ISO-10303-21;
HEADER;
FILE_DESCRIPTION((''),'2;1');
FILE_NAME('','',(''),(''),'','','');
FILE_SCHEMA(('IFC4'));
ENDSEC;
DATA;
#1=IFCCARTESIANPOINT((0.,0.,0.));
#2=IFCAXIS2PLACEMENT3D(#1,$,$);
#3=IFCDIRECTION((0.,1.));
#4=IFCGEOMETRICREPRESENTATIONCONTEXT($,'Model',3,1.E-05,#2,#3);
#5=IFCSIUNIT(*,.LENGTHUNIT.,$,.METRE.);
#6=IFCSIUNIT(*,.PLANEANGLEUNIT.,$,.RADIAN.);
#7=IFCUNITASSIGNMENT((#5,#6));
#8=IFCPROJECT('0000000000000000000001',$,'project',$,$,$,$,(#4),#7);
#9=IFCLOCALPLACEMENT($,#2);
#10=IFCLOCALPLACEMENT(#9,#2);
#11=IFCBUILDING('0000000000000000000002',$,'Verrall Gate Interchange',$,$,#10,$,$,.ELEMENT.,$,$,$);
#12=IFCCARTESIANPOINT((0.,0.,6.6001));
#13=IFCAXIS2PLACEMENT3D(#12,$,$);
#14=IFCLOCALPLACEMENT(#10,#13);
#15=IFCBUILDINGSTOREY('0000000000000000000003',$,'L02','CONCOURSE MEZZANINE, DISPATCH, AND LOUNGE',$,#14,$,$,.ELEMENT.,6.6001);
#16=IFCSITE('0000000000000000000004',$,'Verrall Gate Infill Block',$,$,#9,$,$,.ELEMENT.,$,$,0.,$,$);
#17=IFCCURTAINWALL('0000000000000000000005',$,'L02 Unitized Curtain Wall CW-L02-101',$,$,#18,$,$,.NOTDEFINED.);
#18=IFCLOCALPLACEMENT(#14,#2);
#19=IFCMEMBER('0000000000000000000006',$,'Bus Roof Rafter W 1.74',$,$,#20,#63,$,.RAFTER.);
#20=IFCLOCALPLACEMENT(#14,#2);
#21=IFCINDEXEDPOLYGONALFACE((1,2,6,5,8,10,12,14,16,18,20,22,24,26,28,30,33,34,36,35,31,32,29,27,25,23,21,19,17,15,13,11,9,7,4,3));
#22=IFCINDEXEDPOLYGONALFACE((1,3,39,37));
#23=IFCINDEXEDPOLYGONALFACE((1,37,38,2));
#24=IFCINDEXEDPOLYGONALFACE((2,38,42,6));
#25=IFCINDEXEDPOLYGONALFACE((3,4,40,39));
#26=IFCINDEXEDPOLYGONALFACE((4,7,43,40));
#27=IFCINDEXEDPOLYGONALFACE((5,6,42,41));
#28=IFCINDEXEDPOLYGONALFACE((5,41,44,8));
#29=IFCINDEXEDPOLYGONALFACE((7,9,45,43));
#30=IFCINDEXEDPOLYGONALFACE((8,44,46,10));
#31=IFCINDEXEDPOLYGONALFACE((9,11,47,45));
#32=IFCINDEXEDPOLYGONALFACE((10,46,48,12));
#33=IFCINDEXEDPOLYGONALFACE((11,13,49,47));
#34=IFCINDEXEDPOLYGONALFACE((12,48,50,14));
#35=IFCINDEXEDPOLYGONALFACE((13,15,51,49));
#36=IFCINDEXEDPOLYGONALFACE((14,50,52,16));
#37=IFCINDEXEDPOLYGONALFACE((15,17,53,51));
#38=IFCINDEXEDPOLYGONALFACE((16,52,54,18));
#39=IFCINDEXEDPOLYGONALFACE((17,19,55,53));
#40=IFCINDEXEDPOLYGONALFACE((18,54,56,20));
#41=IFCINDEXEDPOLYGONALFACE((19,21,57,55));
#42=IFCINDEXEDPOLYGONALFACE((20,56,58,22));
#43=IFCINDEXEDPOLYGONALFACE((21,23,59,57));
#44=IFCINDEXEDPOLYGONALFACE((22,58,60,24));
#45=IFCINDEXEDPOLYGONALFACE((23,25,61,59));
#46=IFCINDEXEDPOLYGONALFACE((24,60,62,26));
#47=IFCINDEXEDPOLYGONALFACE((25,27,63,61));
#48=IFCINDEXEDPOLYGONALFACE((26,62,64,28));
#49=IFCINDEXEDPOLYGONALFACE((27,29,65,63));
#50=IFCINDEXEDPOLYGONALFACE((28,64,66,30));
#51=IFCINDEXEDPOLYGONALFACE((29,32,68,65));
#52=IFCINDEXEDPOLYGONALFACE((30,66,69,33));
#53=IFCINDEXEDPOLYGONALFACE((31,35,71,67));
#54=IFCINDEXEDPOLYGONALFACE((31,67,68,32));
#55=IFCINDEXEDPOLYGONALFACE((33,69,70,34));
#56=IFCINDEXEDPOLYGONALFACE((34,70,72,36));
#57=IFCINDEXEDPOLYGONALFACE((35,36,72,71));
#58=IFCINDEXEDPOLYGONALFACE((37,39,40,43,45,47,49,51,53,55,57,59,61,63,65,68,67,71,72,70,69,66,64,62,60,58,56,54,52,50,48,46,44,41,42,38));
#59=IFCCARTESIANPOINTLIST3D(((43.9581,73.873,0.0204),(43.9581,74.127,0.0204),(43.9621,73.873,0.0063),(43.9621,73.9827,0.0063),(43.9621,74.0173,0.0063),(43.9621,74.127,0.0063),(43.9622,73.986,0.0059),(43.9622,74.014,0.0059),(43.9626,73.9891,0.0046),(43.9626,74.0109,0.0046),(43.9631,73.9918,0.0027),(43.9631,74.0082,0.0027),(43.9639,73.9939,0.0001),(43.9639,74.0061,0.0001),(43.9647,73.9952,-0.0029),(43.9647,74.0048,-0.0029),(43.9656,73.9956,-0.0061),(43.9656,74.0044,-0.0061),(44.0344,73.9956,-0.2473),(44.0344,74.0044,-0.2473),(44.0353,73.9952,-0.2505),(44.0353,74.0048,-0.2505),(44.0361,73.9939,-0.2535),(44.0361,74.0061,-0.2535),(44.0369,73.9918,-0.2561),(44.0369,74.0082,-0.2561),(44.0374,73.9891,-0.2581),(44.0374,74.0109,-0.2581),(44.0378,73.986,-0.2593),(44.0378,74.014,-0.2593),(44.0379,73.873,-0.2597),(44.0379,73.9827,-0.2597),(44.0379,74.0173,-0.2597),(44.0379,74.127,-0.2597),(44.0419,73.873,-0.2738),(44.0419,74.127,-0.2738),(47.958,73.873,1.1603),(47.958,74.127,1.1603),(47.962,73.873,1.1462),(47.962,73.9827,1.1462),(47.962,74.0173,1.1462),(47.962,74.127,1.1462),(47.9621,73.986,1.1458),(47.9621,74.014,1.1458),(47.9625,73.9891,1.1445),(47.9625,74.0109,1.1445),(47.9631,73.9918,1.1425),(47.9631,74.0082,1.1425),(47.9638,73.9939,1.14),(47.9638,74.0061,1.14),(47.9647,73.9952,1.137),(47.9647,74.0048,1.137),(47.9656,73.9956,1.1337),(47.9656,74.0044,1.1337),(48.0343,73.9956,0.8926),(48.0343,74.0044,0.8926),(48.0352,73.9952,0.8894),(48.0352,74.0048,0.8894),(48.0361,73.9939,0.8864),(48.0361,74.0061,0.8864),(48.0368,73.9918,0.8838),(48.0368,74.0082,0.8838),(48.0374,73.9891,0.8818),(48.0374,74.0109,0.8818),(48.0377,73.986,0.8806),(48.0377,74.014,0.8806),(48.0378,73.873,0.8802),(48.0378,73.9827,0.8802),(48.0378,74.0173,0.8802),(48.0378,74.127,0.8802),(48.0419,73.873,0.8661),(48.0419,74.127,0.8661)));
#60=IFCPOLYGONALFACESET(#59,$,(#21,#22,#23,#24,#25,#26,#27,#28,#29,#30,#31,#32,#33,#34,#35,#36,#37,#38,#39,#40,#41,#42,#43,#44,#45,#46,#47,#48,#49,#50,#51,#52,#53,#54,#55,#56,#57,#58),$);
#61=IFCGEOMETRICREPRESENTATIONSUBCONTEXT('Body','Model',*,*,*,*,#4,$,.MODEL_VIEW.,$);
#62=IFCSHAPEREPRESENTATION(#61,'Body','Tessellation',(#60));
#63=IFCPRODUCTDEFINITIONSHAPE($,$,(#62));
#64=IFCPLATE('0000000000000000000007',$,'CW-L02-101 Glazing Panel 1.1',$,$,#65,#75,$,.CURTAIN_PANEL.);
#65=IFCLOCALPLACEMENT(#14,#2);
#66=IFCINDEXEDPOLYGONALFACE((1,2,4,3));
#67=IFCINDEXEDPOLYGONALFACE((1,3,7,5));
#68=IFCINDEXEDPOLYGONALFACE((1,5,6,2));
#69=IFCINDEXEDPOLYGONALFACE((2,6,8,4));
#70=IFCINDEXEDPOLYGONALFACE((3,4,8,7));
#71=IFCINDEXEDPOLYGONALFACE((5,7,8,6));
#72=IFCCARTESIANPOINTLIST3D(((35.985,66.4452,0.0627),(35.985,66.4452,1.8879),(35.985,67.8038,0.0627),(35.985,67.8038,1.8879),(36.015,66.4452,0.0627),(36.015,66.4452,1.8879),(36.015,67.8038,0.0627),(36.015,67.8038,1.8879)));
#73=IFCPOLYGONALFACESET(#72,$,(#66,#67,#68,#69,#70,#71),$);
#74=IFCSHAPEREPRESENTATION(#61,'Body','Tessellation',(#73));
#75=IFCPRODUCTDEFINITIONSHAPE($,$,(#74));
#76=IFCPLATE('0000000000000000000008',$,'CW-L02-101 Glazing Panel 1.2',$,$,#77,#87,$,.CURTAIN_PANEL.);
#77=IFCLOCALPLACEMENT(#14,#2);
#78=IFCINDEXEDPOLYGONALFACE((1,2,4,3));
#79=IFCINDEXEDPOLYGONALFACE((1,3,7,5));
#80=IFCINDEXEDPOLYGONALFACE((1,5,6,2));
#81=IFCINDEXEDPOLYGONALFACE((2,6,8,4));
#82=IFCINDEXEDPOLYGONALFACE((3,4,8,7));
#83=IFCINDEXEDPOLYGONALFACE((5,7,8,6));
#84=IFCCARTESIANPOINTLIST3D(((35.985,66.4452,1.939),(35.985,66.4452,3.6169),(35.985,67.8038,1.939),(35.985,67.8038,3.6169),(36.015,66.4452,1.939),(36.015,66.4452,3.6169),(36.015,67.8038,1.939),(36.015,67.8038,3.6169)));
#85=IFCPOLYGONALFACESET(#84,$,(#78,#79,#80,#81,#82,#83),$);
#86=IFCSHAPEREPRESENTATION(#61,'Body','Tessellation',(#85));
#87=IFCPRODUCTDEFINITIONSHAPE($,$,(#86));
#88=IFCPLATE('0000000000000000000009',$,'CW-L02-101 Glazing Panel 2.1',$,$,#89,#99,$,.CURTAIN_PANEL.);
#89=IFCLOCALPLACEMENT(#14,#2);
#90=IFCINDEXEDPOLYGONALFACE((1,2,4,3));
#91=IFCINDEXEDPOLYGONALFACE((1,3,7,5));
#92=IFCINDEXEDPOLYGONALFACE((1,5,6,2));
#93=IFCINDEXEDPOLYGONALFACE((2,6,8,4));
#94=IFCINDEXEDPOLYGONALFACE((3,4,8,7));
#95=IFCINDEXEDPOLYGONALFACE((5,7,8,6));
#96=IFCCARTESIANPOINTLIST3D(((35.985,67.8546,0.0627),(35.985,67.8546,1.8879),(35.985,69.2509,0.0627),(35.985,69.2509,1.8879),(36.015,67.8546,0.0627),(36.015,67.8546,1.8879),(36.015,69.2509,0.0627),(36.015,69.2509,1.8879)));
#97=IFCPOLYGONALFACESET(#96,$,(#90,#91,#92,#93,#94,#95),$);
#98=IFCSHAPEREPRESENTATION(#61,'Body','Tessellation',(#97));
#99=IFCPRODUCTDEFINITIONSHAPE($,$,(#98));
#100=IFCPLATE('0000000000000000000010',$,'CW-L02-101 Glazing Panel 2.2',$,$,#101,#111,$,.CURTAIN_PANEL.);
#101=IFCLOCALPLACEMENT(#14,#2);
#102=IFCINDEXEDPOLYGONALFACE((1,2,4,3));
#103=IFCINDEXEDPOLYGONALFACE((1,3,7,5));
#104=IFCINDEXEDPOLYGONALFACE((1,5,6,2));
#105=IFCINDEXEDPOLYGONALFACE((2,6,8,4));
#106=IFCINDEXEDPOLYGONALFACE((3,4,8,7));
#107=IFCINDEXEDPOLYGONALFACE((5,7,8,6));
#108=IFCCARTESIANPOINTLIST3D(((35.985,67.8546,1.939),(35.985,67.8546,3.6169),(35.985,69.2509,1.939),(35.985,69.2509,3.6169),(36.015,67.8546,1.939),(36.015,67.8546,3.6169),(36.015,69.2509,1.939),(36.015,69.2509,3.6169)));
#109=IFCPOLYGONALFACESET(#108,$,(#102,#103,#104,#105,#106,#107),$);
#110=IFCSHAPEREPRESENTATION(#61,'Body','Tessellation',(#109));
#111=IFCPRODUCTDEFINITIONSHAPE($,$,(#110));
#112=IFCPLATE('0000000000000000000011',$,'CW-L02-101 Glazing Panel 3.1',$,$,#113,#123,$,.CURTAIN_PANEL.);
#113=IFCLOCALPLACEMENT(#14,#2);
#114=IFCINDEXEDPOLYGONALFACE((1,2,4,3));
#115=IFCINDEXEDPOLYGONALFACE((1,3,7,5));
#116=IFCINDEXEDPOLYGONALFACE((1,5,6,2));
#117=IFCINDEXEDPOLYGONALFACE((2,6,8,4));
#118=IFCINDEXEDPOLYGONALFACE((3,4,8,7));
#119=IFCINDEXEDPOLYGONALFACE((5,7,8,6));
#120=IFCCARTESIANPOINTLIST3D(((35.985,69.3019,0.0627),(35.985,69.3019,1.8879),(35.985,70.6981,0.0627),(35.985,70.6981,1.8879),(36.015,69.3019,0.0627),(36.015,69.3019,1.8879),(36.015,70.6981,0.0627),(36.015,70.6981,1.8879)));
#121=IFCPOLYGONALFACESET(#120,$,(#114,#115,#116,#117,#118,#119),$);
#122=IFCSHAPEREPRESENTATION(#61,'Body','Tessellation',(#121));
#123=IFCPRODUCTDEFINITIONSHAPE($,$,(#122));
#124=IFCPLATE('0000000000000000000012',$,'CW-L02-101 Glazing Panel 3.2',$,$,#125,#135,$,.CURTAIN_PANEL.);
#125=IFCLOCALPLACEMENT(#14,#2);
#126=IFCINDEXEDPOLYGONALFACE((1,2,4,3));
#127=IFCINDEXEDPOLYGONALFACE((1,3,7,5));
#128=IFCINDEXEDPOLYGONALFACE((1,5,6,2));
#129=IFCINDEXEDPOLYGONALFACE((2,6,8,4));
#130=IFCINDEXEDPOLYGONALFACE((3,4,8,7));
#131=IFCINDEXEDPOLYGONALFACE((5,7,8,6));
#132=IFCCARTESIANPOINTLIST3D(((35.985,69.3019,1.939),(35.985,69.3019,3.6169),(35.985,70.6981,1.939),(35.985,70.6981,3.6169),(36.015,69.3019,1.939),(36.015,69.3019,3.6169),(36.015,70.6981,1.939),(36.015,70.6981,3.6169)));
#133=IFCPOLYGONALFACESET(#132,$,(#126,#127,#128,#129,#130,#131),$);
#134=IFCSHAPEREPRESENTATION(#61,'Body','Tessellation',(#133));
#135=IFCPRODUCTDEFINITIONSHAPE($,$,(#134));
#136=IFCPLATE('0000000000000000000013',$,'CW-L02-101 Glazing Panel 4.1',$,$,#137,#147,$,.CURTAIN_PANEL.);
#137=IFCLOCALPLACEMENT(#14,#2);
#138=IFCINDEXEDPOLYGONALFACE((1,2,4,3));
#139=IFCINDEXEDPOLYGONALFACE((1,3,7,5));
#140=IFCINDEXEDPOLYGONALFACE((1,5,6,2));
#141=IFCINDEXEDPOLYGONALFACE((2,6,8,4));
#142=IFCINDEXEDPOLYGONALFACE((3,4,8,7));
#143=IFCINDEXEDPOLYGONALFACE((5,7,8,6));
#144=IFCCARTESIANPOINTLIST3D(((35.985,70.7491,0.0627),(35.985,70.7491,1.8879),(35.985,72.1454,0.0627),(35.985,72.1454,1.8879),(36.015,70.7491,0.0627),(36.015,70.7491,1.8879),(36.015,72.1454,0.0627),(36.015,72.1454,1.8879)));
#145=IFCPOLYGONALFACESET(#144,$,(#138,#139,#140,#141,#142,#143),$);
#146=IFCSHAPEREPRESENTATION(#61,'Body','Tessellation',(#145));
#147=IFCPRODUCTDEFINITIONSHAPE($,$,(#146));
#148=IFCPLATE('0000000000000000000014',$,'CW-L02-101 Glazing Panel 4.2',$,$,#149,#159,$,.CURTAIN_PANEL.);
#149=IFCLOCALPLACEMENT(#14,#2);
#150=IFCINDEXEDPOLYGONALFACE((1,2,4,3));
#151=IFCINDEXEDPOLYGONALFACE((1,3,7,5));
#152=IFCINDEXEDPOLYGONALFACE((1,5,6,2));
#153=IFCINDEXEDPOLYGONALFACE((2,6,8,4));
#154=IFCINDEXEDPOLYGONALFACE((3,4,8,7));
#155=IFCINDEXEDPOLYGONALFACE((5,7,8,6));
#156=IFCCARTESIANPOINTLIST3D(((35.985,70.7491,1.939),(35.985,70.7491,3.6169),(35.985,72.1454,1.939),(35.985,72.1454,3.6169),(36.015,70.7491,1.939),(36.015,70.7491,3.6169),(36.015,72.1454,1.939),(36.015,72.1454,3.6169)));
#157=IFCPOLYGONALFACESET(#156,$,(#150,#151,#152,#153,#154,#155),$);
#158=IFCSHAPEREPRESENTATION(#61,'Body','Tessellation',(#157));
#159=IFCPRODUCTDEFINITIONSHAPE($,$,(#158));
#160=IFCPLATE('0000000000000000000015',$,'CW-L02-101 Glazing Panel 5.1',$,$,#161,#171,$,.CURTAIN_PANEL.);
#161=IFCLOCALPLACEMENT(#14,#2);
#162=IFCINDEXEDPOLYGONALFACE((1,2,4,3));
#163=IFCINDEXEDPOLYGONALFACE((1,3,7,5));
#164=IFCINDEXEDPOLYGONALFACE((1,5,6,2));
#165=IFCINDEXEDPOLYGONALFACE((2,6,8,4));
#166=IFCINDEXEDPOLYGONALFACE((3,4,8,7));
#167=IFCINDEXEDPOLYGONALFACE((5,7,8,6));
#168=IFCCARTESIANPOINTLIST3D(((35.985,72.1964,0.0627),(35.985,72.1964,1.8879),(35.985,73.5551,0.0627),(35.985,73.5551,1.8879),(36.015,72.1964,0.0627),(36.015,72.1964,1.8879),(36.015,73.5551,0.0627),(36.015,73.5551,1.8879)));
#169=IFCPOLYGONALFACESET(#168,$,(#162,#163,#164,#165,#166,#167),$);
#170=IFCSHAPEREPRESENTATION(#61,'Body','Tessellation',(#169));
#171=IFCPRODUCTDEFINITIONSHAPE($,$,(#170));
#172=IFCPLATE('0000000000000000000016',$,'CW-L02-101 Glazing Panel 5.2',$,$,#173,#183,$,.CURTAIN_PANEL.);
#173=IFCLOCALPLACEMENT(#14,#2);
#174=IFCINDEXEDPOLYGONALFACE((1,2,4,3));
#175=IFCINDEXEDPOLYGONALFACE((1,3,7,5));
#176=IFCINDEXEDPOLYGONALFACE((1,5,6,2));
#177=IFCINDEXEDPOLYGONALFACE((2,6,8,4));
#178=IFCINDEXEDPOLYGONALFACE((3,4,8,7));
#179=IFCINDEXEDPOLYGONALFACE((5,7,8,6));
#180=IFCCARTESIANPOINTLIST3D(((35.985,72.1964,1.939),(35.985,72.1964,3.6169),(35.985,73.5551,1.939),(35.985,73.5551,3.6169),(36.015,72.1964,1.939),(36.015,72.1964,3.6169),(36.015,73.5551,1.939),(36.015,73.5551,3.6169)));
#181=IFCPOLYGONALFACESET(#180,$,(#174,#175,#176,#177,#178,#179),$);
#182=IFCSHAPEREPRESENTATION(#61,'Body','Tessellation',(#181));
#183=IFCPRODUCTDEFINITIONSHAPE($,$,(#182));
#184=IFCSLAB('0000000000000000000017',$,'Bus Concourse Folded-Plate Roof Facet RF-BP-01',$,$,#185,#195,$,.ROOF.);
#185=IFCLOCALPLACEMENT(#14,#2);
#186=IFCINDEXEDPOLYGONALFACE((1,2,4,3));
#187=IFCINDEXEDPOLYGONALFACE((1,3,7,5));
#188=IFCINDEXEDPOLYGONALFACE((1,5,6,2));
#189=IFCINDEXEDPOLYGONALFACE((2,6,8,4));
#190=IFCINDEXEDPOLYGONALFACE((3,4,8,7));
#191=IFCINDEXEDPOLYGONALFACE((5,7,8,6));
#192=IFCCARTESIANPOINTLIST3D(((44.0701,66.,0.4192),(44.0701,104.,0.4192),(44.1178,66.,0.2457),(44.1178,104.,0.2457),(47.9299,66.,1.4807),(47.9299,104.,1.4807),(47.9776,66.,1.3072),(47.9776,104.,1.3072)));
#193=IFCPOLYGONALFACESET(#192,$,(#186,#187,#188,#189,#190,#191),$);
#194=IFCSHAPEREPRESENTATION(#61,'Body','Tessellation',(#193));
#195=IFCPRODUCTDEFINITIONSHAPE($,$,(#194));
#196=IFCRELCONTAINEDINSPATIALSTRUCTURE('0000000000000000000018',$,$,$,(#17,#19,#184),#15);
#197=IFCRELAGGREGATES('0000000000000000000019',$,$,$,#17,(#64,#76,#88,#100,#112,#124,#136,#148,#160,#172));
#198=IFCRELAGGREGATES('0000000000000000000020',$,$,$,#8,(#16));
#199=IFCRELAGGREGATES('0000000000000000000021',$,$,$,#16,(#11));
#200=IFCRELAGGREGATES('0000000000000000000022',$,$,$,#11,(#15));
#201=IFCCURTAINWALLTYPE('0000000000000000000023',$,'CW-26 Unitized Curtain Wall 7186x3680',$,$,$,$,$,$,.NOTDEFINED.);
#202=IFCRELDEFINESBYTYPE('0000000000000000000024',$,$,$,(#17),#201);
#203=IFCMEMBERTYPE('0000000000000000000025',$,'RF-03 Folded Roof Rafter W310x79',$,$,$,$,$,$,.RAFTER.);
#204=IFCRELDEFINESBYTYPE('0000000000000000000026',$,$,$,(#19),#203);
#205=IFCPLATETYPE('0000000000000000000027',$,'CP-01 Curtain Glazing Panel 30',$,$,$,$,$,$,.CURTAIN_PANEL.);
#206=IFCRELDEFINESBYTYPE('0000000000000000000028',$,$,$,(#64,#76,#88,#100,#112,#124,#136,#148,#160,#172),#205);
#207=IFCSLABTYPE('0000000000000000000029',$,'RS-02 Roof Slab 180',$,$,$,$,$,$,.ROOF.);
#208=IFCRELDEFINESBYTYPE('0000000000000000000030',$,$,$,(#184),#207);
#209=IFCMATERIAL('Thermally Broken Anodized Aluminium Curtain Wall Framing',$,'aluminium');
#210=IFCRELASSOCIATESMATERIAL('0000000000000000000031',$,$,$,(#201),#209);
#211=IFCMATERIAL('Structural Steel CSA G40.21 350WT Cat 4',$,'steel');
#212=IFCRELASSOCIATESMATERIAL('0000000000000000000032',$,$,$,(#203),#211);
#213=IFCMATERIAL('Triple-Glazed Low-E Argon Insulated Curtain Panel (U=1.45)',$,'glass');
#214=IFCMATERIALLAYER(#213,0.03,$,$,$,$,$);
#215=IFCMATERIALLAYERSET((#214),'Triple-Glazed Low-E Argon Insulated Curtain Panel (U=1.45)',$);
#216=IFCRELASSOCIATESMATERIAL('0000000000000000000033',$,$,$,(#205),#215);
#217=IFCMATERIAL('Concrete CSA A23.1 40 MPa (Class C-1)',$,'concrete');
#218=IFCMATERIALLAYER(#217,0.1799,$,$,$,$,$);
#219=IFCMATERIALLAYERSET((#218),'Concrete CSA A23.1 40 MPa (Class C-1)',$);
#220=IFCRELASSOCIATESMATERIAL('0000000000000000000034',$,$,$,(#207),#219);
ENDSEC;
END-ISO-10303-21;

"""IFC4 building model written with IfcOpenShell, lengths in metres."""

from ifc_helpers import new_model, si_unit, direction, frame, origin, origin_2d, place, context, subcontext, project, spatial, polyline, rectangle, i_section, outline, extrude, material, layer, layer_set, material_profile, profile_set, type_object, element, aggregate, save


model = new_model("IFC4")

# Units and contexts
model_context = context("Model", 3, precision=1e-05, world=origin(), true_north=direction((0.0, 1.0)))
body_context = subcontext(model_context, "Body", "Model", "MODEL_VIEW")
ifc_project = project(units=[si_unit("LENGTHUNIT", "METRE"), si_unit("PLANEANGLEUNIT", "RADIAN")], contexts=[model_context])

# Site, building, storey
site_placement = place(None, origin())
site = spatial("IfcSite", under=ifc_project, at=site_placement, Name="Verrall Gate Infill Block", CompositionType="ELEMENT", RefElevation=0.0)
building_placement = place(site_placement, origin())
building = spatial("IfcBuilding", under=site, at=building_placement, Name="Verrall Gate Interchange", CompositionType="ELEMENT")
storey_placement = place(building_placement, frame((0.0, 0.0, 6.6001)))
storey = spatial("IfcBuildingStorey", under=building, at=storey_placement, Name="L02", Description="CONCOURSE MEZZANINE, DISPATCH, AND LOUNGE", CompositionType="ELEMENT", Elevation=6.6001)

# Curtain wall
ifc_material_1 = material(Name="Thermally Broken Anodized Aluminium Curtain Wall Framing", Category="aluminium")
curtain_wall_type = type_object("IfcCurtainWallType", Name="CW-26 Unitized Curtain Wall 7186x3680", PredefinedType="NOTDEFINED", material=ifc_material_1)
curtain_wall_placement = place(storey_placement, origin())
curtain_wall = element("IfcCurtainWall", 1, at=curtain_wall_placement, inside=storey, type_object=curtain_wall_type, Name="L02 Unitized Curtain Wall CW-L02-101", PredefinedType="NOTDEFINED")

# Member
ifc_material_2 = material(Name="Structural Steel CSA G40.21 350WT Cat 4", Category="steel")
ifc_material_profile_1 = material_profile(ifc_material_2, i_section(OverallWidth=0.2539, OverallDepth=0.3059, WebThickness=0.0088, FlangeThickness=0.0146, FilletRadius=0.0129, at=origin_2d()), Name="W310x79")
ifc_profile_set_1 = profile_set([ifc_material_profile_1], Name="Structural Steel CSA G40.21 350WT Cat 4")
member_type_1 = type_object("IfcMemberType", Name="RF-03 Folded Roof Rafter W310x79", PredefinedType="RAFTER", material=ifc_profile_set_1)
for number, where, z_axis, x_axis, name in (
    (2, (44.0, 74.0, -0.1267), (0.961712, 0.0, 0.274062), (0.0, 1.0, 0.0), "Bus Roof Rafter W 1.74"),
):
    element("IfcMember", number, at=place(storey_placement, frame(where, z_axis=z_axis, x_axis=x_axis)), inside=storey, type_object=member_type_1, Name=name, PredefinedType="RAFTER", context=body_context, shape_type="SweptSolid", body=[
        extrude(i_section(OverallWidth=0.2539, OverallDepth=0.3059, WebThickness=0.0088, FlangeThickness=0.0146, FilletRadius=0.0129, at=origin_2d()), origin(), (0.0, 0.0, 1.0), 4.1592),
    ])

# Plates
ifc_material_3 = material(Name="Triple-Glazed Low-E Argon Insulated Curtain Panel (U=1.45)", Category="glass")
ifc_layer_1 = layer(ifc_material_3, 0.03)
ifc_layer_set_1 = layer_set([ifc_layer_1], Name="Triple-Glazed Low-E Argon Insulated Curtain Panel (U=1.45)")
plate_type = type_object("IfcPlateType", Name="CP-01 Curtain Glazing Panel 30", PredefinedType="CURTAIN_PANEL", material=ifc_layer_set_1)
plate_1_placement = place(storey_placement, frame((36.0, 67.1245, 0.0627), z_axis=(0.0, 0.0, 1.0), x_axis=(0.0, 1.0, 0.0)))
plate_1 = element("IfcPlate", 3, at=plate_1_placement, type_object=plate_type, Name="CW-L02-101 Glazing Panel 1.1", PredefinedType="CURTAIN_PANEL", context=body_context, shape_type="SweptSolid", body=[
    extrude(rectangle(XDim=1.3586, YDim=0.03, at=origin_2d()), origin(), (0.0, 0.0, 1.0), 1.8252),
])
plate_2_placement = place(storey_placement, frame((36.0, 67.1245, 1.939), z_axis=(0.0, 0.0, 1.0), x_axis=(0.0, 1.0, 0.0)))
plate_2 = element("IfcPlate", 4, at=plate_2_placement, type_object=plate_type, Name="CW-L02-101 Glazing Panel 1.2", PredefinedType="CURTAIN_PANEL", context=body_context, shape_type="SweptSolid", body=[
    extrude(rectangle(XDim=1.3586, YDim=0.03, at=origin_2d()), origin(), (0.0, 0.0, 1.0), 1.678),
])
plate_3_placement = place(storey_placement, frame((36.0, 68.5527, 0.0627), z_axis=(0.0, 0.0, 1.0), x_axis=(0.0, 1.0, 0.0)))
plate_3 = element("IfcPlate", 5, at=plate_3_placement, type_object=plate_type, Name="CW-L02-101 Glazing Panel 2.1", PredefinedType="CURTAIN_PANEL", context=body_context, shape_type="SweptSolid", body=[
    extrude(rectangle(XDim=1.3962, YDim=0.03, at=origin_2d()), origin(), (0.0, 0.0, 1.0), 1.8252),
])
plate_4_placement = place(storey_placement, frame((36.0, 68.5527, 1.939), z_axis=(0.0, 0.0, 1.0), x_axis=(0.0, 1.0, 0.0)))
plate_4 = element("IfcPlate", 6, at=plate_4_placement, type_object=plate_type, Name="CW-L02-101 Glazing Panel 2.2", PredefinedType="CURTAIN_PANEL", context=body_context, shape_type="SweptSolid", body=[
    extrude(rectangle(XDim=1.3962, YDim=0.03, at=origin_2d()), origin(), (0.0, 0.0, 1.0), 1.678),
])
plate_5_placement = place(storey_placement, frame((36.0, 70.0, 0.0627), z_axis=(0.0, 0.0, 1.0), x_axis=(0.0, 1.0, 0.0)))
plate_5 = element("IfcPlate", 7, at=plate_5_placement, type_object=plate_type, Name="CW-L02-101 Glazing Panel 3.1", PredefinedType="CURTAIN_PANEL", context=body_context, shape_type="SweptSolid", body=[
    extrude(rectangle(XDim=1.3962, YDim=0.03, at=origin_2d()), origin(), (0.0, 0.0, 1.0), 1.8252),
])
plate_6_placement = place(storey_placement, frame((36.0, 70.0, 1.939), z_axis=(0.0, 0.0, 1.0), x_axis=(0.0, 1.0, 0.0)))
plate_6 = element("IfcPlate", 8, at=plate_6_placement, type_object=plate_type, Name="CW-L02-101 Glazing Panel 3.2", PredefinedType="CURTAIN_PANEL", context=body_context, shape_type="SweptSolid", body=[
    extrude(rectangle(XDim=1.3962, YDim=0.03, at=origin_2d()), origin(), (0.0, 0.0, 1.0), 1.678),
])
plate_7_placement = place(storey_placement, frame((36.0, 71.4473, 0.0627), z_axis=(0.0, 0.0, 1.0), x_axis=(0.0, 1.0, 0.0)))
plate_7 = element("IfcPlate", 9, at=plate_7_placement, type_object=plate_type, Name="CW-L02-101 Glazing Panel 4.1", PredefinedType="CURTAIN_PANEL", context=body_context, shape_type="SweptSolid", body=[
    extrude(rectangle(XDim=1.3962, YDim=0.03, at=origin_2d()), origin(), (0.0, 0.0, 1.0), 1.8252),
])
plate_8_placement = place(storey_placement, frame((36.0, 71.4473, 1.939), z_axis=(0.0, 0.0, 1.0), x_axis=(0.0, 1.0, 0.0)))
plate_8 = element("IfcPlate", 10, at=plate_8_placement, type_object=plate_type, Name="CW-L02-101 Glazing Panel 4.2", PredefinedType="CURTAIN_PANEL", context=body_context, shape_type="SweptSolid", body=[
    extrude(rectangle(XDim=1.3962, YDim=0.03, at=origin_2d()), origin(), (0.0, 0.0, 1.0), 1.678),
])
plate_9_placement = place(storey_placement, frame((36.0, 72.8757, 0.0627), z_axis=(0.0, 0.0, 1.0), x_axis=(0.0, 1.0, 0.0)))
plate_9 = element("IfcPlate", 11, at=plate_9_placement, type_object=plate_type, Name="CW-L02-101 Glazing Panel 5.1", PredefinedType="CURTAIN_PANEL", context=body_context, shape_type="SweptSolid", body=[
    extrude(rectangle(XDim=1.3586, YDim=0.03, at=origin_2d()), origin(), (0.0, 0.0, 1.0), 1.8252),
])
plate_10_placement = place(storey_placement, frame((36.0, 72.8757, 1.939), z_axis=(0.0, 0.0, 1.0), x_axis=(0.0, 1.0, 0.0)))
plate_10 = element("IfcPlate", 12, at=plate_10_placement, type_object=plate_type, Name="CW-L02-101 Glazing Panel 5.2", PredefinedType="CURTAIN_PANEL", context=body_context, shape_type="SweptSolid", body=[
    extrude(rectangle(XDim=1.3586, YDim=0.03, at=origin_2d()), origin(), (0.0, 0.0, 1.0), 1.678),
])
aggregate(curtain_wall, [plate_1, plate_2, plate_3, plate_4, plate_5, plate_6, plate_7, plate_8, plate_9, plate_10])

# Slab
ifc_material_4 = material(Name="Concrete CSA A23.1 40 MPa (Class C-1)", Category="concrete")
ifc_layer_2 = layer(ifc_material_4, 0.1799)
ifc_layer_set_2 = layer_set([ifc_layer_2], Name="Concrete CSA A23.1 40 MPa (Class C-1)")
slab_type = type_object("IfcSlabType", Name="RS-02 Roof Slab 180", PredefinedType="ROOF", material=ifc_layer_set_2)
slab_placement = place(storey_placement, frame((44.0701, 66.0, 0.4192), z_axis=(-0.265171, 0.0, 0.964201), x_axis=(0.964201, 0.0, 0.265171)))
element("IfcSlab", 13, at=slab_placement, inside=storey, type_object=slab_type, Name="Bus Concourse Folded-Plate Roof Facet RF-BP-01", PredefinedType="ROOF", context=body_context, shape_type="SweptSolid", body=[
    extrude(outline(polyline([(0.0, 0.0), (4.0032, 0.0), (4.0032, 38.0), (0.0, 38.0), (0.0, 0.0)])), origin(), (0.0, 0.0, -1.0), 0.1799),
])

save(model, "model.ifc")
